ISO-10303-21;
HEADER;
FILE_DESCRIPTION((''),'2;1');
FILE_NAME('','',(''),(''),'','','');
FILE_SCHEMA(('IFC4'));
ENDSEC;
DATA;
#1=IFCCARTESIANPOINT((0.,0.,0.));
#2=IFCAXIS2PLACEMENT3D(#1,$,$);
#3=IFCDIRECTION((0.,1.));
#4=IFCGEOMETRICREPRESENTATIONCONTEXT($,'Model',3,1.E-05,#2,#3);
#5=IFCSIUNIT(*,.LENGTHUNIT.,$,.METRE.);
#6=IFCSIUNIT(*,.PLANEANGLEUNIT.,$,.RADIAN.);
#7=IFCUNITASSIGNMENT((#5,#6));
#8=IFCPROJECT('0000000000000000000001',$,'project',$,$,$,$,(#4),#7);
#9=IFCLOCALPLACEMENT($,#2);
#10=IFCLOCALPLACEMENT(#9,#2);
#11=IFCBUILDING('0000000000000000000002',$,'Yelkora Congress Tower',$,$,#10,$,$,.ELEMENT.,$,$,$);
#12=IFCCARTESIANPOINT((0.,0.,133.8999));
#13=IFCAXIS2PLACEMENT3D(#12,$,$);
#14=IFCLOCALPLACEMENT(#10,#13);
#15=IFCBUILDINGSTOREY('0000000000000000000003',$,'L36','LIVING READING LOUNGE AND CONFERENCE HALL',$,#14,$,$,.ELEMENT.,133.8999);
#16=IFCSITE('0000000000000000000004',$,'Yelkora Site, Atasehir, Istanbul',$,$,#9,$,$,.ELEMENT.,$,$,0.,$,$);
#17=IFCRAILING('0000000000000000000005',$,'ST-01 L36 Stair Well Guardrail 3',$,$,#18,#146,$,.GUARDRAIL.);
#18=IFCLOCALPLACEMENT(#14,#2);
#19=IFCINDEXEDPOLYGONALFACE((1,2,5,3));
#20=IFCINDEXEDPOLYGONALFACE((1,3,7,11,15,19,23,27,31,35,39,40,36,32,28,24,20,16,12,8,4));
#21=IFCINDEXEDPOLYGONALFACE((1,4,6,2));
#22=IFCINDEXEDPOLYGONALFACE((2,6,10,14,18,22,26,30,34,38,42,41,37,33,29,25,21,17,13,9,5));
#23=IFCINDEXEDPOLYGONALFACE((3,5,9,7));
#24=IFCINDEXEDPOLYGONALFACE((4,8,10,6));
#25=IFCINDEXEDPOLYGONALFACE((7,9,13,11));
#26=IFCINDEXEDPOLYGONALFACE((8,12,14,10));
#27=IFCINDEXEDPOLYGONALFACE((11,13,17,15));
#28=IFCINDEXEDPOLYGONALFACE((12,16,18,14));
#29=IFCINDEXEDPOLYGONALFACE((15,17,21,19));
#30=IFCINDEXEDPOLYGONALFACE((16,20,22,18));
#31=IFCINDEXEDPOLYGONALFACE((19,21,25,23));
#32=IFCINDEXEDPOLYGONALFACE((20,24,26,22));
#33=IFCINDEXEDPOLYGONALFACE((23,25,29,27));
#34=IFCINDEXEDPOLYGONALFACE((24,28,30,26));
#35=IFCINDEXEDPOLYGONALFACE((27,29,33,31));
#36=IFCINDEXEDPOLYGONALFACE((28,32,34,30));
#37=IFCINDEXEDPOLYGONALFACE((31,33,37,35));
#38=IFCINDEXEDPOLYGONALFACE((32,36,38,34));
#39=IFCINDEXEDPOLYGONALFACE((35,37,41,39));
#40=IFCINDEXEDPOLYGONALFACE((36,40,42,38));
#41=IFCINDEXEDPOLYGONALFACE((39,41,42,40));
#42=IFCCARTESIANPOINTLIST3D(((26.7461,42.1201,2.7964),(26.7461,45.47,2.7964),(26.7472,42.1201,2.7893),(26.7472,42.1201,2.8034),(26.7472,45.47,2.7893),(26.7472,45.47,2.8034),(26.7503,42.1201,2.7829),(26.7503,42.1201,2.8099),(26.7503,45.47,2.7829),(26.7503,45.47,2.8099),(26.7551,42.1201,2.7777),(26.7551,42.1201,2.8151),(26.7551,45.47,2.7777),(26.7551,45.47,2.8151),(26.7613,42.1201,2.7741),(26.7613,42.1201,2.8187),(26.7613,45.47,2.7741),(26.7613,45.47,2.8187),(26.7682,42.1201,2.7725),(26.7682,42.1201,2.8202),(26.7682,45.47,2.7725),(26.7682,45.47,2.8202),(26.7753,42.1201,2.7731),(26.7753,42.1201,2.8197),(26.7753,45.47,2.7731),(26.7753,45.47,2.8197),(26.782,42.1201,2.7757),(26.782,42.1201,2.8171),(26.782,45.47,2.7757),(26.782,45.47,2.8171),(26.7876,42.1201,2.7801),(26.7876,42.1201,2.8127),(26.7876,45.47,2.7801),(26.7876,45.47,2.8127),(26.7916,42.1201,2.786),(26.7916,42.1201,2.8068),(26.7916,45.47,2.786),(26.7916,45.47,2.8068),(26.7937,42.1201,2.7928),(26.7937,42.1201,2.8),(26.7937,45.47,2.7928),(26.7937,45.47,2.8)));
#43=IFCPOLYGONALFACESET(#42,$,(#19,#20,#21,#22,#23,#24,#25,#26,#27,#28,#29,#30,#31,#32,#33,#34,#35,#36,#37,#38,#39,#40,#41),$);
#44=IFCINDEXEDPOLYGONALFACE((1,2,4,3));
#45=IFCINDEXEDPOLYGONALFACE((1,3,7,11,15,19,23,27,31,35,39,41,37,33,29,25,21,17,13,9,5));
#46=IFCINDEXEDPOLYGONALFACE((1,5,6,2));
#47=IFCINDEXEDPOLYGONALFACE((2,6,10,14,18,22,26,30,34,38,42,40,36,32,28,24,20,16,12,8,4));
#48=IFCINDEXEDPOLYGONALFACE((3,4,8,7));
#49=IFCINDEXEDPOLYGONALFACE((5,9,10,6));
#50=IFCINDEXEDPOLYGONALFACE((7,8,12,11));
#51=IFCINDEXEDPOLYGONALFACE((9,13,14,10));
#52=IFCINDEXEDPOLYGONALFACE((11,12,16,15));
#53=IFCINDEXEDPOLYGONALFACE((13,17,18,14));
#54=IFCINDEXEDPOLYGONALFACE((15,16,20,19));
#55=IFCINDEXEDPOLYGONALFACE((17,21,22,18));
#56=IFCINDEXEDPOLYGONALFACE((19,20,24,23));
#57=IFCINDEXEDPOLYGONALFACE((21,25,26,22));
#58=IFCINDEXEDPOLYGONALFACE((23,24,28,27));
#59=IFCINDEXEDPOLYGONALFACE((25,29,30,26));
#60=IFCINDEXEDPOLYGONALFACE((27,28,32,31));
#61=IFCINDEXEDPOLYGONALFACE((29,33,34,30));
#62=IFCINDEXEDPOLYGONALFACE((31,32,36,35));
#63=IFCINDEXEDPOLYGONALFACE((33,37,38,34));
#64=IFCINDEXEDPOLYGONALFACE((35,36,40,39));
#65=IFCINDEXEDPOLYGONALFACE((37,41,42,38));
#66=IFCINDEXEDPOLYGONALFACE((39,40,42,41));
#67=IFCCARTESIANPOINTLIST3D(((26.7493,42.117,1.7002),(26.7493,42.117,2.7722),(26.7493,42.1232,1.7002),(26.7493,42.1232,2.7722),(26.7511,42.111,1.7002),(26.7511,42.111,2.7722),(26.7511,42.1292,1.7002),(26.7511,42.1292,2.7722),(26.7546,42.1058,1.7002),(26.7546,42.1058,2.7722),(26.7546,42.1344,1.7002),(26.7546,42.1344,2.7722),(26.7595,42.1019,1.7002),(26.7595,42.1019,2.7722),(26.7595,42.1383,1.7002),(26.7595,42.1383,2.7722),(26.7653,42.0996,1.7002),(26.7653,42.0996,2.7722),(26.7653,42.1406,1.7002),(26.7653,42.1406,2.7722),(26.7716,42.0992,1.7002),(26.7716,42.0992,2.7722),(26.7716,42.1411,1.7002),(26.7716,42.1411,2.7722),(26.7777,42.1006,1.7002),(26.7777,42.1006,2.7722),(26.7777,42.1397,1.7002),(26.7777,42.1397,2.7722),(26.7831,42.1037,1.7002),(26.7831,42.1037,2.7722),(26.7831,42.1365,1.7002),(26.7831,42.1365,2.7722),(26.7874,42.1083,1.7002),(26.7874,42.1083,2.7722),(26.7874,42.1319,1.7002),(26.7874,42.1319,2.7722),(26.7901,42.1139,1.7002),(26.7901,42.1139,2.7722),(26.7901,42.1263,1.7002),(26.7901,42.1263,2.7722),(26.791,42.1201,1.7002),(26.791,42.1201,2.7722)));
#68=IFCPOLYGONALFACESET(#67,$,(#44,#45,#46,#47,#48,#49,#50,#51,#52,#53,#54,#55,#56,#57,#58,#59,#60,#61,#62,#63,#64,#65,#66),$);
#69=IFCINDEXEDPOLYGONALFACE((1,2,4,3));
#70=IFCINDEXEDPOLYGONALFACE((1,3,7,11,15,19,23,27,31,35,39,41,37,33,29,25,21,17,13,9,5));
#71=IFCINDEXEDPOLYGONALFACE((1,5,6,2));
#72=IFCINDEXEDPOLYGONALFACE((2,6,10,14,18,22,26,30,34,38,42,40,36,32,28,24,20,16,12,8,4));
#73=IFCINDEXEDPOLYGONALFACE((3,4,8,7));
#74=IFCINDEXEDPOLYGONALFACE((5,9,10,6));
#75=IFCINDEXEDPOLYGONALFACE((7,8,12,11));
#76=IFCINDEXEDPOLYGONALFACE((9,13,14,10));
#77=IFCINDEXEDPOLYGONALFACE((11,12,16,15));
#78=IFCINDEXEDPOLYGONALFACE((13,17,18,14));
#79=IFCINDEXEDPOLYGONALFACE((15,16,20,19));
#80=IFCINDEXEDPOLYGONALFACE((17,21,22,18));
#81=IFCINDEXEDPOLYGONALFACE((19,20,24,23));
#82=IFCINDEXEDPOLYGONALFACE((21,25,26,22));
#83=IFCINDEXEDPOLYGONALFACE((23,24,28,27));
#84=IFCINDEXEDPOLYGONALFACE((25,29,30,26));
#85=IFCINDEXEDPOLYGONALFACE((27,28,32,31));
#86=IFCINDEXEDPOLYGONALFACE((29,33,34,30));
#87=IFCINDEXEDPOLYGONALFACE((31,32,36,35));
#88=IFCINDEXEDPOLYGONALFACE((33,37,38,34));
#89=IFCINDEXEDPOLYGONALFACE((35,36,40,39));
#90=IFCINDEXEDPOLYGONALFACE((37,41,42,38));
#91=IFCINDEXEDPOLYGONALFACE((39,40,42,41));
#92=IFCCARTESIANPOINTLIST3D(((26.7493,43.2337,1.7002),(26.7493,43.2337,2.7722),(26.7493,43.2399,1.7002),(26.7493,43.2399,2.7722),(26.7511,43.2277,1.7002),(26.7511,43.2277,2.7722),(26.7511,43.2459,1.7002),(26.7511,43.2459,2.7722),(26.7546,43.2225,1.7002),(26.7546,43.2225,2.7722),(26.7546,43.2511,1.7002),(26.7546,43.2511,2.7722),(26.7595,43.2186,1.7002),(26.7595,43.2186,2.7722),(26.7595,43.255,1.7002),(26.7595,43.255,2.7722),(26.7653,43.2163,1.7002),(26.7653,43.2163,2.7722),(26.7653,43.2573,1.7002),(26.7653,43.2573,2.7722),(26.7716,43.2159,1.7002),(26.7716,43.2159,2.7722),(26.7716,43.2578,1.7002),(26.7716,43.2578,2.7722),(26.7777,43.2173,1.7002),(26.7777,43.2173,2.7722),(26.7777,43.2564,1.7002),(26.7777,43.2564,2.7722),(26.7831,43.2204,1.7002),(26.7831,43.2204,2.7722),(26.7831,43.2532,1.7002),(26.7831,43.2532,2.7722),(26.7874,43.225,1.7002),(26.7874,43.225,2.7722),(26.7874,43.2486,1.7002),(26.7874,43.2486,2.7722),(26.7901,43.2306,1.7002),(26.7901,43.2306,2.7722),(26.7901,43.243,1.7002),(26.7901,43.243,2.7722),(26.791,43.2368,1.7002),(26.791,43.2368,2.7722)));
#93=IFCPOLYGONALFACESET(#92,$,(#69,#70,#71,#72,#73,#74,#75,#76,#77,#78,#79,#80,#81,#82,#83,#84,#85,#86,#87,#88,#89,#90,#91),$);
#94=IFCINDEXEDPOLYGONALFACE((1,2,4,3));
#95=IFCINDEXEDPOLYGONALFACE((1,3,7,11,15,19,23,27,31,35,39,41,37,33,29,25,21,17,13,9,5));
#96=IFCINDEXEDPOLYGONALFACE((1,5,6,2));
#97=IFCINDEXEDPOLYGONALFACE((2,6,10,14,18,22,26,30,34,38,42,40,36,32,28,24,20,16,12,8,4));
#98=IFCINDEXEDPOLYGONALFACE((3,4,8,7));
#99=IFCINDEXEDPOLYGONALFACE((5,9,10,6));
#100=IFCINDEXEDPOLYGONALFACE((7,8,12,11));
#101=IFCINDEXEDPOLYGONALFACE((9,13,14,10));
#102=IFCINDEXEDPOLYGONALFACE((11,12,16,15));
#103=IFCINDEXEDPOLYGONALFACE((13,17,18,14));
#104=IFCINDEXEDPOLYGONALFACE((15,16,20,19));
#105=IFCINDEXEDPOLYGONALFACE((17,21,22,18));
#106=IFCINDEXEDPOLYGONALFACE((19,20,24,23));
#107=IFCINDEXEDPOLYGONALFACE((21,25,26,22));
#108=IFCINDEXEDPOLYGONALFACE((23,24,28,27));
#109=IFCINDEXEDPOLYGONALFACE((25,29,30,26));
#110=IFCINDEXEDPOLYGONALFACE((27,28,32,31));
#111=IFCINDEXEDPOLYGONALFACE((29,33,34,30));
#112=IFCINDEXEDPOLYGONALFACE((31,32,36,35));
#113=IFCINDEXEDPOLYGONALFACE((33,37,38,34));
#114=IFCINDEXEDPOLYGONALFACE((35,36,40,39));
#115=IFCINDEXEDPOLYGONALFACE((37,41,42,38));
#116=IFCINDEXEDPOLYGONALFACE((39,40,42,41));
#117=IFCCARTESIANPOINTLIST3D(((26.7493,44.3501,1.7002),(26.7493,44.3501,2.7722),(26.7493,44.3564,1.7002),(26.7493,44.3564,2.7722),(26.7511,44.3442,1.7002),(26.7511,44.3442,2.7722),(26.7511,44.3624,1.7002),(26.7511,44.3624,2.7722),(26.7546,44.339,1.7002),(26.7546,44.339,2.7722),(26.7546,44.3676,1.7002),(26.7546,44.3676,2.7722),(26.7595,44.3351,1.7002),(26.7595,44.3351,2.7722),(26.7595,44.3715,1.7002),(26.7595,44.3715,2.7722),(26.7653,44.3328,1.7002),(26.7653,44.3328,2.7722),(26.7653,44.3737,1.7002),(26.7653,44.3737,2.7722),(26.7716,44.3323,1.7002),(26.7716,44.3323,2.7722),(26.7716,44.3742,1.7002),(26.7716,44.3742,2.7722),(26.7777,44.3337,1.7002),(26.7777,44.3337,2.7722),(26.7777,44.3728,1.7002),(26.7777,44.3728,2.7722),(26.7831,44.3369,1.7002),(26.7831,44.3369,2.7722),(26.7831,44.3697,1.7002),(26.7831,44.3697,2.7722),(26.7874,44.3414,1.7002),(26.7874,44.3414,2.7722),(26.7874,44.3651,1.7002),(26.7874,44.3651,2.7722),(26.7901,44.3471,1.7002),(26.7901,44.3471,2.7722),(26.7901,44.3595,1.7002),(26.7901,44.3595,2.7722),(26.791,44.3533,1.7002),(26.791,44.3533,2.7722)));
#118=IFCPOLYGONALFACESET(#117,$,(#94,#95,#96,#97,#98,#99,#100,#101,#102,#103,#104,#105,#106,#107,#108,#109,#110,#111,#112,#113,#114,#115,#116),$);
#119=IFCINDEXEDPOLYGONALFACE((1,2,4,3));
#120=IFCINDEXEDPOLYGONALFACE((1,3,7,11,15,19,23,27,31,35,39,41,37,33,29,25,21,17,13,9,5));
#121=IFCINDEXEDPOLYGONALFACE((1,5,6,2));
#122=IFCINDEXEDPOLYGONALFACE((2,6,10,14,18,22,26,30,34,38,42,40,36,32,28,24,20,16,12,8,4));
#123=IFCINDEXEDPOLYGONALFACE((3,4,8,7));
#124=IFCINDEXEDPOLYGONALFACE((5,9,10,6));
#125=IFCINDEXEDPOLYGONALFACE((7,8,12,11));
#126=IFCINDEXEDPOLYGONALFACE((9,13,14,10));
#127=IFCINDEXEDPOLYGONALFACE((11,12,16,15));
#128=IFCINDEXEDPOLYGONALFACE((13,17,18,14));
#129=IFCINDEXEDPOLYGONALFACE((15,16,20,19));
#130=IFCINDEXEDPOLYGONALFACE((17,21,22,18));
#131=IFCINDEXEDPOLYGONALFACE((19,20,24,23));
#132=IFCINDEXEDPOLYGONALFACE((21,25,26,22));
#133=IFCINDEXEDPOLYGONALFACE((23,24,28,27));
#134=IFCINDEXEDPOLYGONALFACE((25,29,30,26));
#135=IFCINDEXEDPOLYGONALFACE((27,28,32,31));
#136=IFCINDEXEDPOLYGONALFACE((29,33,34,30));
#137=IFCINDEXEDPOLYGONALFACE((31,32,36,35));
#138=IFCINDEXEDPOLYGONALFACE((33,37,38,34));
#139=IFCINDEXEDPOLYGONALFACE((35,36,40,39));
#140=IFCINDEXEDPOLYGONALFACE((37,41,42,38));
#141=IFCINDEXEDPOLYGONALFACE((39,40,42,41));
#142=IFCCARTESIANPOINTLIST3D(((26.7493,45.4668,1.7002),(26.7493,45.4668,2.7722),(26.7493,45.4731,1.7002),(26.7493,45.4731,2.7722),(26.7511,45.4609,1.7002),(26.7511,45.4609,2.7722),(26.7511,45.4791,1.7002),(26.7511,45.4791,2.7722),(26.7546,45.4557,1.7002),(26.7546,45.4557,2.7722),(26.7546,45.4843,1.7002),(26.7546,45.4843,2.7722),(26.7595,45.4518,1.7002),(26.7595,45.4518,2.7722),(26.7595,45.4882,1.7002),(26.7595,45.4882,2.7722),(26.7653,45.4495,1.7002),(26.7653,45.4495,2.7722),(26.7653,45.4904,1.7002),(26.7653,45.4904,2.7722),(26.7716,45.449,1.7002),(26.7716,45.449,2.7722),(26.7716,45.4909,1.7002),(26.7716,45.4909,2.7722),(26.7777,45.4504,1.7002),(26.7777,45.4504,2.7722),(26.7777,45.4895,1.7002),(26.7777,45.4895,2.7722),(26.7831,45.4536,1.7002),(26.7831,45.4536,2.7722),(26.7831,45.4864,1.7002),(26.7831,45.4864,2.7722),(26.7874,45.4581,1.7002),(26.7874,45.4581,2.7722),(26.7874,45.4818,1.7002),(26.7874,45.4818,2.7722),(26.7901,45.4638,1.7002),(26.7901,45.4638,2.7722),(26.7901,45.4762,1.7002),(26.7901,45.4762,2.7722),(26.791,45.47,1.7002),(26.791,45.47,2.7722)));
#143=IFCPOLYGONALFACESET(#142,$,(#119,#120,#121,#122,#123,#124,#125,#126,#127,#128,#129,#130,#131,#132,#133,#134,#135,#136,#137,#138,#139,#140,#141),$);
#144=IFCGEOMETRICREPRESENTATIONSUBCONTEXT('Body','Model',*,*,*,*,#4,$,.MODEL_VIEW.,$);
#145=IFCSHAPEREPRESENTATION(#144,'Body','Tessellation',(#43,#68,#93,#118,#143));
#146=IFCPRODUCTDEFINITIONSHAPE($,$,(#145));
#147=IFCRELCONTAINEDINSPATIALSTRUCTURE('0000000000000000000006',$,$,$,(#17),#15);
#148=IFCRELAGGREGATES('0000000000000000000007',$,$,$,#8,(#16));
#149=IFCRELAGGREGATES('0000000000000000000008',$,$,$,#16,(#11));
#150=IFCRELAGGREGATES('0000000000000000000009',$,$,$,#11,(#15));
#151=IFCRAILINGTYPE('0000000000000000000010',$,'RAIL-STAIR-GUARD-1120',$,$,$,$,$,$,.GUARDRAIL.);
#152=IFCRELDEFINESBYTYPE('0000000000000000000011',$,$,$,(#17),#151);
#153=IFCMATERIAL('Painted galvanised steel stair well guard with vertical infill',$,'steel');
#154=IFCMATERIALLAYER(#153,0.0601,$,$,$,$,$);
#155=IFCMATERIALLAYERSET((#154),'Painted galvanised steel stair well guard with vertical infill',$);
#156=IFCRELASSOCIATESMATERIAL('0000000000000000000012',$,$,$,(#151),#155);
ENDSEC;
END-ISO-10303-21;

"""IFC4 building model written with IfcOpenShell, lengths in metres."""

from ifc_helpers import new_model, si_unit, direction, frame, origin, origin_2d, place, context, subcontext, project, spatial, circle, extrude, material, layer, layer_set, type_object, element, save


model = new_model("IFC4")

# Units and contexts
model_context = context("Model", 3, precision=1e-05, world=origin(), true_north=direction((0.0, 1.0)))
body_context = subcontext(model_context, "Body", "Model", "MODEL_VIEW")
ifc_project = project(units=[si_unit("LENGTHUNIT", "METRE"), si_unit("PLANEANGLEUNIT", "RADIAN")], contexts=[model_context])

# Site, building, storey
site_placement = place(None, origin())
site = spatial("IfcSite", under=ifc_project, at=site_placement, Name="Yelkora Site, Atasehir, Istanbul", CompositionType="ELEMENT", RefElevation=0.0)
building_placement = place(site_placement, origin())
building = spatial("IfcBuilding", under=site, at=building_placement, Name="Yelkora Congress Tower", CompositionType="ELEMENT")
storey_placement = place(building_placement, frame((0.0, 0.0, 133.8999)))
storey = spatial("IfcBuildingStorey", under=building, at=storey_placement, Name="L36", Description="LIVING READING LOUNGE AND CONFERENCE HALL", CompositionType="ELEMENT", Elevation=133.8999)

# Railing
ifc_material_1 = material(Name="Painted galvanised steel stair well guard with vertical infill", Category="steel")
ifc_layer_1 = layer(ifc_material_1, 0.0601)
ifc_layer_set_1 = layer_set([ifc_layer_1], Name="Painted galvanised steel stair well guard with vertical infill")
railing_type_1 = type_object("IfcRailingType", Name="RAIL-STAIR-GUARD-1120", PredefinedType="GUARDRAIL", material=ifc_layer_set_1)
railing_1_placement = place(storey_placement, frame((26.77, 42.1201, 1.7002)))
element("IfcRailing", 1, at=railing_1_placement, inside=storey, type_object=railing_type_1, Name="ST-01 L36 Stair Well Guardrail 3", PredefinedType="GUARDRAIL", context=body_context, shape_type="SweptSolid", body=[
    extrude(circle(Radius=0.0239, at=origin_2d()), frame((0.0, 0.0, 1.0962), z_axis=(0.0, 1.0, 0.0), x_axis=(-1.0, 0.0, 0.0)), (0.0, 0.0, 1.0), 3.3499),
    extrude(circle(Radius=0.021, at=origin_2d()), origin(), (0.0, 0.0, 1.0), 1.072),
    extrude(circle(Radius=0.021, at=origin_2d()), frame((0.0, 1.1167, 0.0)), (0.0, 0.0, 1.0), 1.072),
    extrude(circle(Radius=0.021, at=origin_2d()), frame((0.0, 2.2332, 0.0)), (0.0, 0.0, 1.0), 1.072),
    extrude(circle(Radius=0.021, at=origin_2d()), frame((0.0, 3.3499, 0.0)), (0.0, 0.0, 1.0), 1.072),
])

save(model, "model.ifc")
